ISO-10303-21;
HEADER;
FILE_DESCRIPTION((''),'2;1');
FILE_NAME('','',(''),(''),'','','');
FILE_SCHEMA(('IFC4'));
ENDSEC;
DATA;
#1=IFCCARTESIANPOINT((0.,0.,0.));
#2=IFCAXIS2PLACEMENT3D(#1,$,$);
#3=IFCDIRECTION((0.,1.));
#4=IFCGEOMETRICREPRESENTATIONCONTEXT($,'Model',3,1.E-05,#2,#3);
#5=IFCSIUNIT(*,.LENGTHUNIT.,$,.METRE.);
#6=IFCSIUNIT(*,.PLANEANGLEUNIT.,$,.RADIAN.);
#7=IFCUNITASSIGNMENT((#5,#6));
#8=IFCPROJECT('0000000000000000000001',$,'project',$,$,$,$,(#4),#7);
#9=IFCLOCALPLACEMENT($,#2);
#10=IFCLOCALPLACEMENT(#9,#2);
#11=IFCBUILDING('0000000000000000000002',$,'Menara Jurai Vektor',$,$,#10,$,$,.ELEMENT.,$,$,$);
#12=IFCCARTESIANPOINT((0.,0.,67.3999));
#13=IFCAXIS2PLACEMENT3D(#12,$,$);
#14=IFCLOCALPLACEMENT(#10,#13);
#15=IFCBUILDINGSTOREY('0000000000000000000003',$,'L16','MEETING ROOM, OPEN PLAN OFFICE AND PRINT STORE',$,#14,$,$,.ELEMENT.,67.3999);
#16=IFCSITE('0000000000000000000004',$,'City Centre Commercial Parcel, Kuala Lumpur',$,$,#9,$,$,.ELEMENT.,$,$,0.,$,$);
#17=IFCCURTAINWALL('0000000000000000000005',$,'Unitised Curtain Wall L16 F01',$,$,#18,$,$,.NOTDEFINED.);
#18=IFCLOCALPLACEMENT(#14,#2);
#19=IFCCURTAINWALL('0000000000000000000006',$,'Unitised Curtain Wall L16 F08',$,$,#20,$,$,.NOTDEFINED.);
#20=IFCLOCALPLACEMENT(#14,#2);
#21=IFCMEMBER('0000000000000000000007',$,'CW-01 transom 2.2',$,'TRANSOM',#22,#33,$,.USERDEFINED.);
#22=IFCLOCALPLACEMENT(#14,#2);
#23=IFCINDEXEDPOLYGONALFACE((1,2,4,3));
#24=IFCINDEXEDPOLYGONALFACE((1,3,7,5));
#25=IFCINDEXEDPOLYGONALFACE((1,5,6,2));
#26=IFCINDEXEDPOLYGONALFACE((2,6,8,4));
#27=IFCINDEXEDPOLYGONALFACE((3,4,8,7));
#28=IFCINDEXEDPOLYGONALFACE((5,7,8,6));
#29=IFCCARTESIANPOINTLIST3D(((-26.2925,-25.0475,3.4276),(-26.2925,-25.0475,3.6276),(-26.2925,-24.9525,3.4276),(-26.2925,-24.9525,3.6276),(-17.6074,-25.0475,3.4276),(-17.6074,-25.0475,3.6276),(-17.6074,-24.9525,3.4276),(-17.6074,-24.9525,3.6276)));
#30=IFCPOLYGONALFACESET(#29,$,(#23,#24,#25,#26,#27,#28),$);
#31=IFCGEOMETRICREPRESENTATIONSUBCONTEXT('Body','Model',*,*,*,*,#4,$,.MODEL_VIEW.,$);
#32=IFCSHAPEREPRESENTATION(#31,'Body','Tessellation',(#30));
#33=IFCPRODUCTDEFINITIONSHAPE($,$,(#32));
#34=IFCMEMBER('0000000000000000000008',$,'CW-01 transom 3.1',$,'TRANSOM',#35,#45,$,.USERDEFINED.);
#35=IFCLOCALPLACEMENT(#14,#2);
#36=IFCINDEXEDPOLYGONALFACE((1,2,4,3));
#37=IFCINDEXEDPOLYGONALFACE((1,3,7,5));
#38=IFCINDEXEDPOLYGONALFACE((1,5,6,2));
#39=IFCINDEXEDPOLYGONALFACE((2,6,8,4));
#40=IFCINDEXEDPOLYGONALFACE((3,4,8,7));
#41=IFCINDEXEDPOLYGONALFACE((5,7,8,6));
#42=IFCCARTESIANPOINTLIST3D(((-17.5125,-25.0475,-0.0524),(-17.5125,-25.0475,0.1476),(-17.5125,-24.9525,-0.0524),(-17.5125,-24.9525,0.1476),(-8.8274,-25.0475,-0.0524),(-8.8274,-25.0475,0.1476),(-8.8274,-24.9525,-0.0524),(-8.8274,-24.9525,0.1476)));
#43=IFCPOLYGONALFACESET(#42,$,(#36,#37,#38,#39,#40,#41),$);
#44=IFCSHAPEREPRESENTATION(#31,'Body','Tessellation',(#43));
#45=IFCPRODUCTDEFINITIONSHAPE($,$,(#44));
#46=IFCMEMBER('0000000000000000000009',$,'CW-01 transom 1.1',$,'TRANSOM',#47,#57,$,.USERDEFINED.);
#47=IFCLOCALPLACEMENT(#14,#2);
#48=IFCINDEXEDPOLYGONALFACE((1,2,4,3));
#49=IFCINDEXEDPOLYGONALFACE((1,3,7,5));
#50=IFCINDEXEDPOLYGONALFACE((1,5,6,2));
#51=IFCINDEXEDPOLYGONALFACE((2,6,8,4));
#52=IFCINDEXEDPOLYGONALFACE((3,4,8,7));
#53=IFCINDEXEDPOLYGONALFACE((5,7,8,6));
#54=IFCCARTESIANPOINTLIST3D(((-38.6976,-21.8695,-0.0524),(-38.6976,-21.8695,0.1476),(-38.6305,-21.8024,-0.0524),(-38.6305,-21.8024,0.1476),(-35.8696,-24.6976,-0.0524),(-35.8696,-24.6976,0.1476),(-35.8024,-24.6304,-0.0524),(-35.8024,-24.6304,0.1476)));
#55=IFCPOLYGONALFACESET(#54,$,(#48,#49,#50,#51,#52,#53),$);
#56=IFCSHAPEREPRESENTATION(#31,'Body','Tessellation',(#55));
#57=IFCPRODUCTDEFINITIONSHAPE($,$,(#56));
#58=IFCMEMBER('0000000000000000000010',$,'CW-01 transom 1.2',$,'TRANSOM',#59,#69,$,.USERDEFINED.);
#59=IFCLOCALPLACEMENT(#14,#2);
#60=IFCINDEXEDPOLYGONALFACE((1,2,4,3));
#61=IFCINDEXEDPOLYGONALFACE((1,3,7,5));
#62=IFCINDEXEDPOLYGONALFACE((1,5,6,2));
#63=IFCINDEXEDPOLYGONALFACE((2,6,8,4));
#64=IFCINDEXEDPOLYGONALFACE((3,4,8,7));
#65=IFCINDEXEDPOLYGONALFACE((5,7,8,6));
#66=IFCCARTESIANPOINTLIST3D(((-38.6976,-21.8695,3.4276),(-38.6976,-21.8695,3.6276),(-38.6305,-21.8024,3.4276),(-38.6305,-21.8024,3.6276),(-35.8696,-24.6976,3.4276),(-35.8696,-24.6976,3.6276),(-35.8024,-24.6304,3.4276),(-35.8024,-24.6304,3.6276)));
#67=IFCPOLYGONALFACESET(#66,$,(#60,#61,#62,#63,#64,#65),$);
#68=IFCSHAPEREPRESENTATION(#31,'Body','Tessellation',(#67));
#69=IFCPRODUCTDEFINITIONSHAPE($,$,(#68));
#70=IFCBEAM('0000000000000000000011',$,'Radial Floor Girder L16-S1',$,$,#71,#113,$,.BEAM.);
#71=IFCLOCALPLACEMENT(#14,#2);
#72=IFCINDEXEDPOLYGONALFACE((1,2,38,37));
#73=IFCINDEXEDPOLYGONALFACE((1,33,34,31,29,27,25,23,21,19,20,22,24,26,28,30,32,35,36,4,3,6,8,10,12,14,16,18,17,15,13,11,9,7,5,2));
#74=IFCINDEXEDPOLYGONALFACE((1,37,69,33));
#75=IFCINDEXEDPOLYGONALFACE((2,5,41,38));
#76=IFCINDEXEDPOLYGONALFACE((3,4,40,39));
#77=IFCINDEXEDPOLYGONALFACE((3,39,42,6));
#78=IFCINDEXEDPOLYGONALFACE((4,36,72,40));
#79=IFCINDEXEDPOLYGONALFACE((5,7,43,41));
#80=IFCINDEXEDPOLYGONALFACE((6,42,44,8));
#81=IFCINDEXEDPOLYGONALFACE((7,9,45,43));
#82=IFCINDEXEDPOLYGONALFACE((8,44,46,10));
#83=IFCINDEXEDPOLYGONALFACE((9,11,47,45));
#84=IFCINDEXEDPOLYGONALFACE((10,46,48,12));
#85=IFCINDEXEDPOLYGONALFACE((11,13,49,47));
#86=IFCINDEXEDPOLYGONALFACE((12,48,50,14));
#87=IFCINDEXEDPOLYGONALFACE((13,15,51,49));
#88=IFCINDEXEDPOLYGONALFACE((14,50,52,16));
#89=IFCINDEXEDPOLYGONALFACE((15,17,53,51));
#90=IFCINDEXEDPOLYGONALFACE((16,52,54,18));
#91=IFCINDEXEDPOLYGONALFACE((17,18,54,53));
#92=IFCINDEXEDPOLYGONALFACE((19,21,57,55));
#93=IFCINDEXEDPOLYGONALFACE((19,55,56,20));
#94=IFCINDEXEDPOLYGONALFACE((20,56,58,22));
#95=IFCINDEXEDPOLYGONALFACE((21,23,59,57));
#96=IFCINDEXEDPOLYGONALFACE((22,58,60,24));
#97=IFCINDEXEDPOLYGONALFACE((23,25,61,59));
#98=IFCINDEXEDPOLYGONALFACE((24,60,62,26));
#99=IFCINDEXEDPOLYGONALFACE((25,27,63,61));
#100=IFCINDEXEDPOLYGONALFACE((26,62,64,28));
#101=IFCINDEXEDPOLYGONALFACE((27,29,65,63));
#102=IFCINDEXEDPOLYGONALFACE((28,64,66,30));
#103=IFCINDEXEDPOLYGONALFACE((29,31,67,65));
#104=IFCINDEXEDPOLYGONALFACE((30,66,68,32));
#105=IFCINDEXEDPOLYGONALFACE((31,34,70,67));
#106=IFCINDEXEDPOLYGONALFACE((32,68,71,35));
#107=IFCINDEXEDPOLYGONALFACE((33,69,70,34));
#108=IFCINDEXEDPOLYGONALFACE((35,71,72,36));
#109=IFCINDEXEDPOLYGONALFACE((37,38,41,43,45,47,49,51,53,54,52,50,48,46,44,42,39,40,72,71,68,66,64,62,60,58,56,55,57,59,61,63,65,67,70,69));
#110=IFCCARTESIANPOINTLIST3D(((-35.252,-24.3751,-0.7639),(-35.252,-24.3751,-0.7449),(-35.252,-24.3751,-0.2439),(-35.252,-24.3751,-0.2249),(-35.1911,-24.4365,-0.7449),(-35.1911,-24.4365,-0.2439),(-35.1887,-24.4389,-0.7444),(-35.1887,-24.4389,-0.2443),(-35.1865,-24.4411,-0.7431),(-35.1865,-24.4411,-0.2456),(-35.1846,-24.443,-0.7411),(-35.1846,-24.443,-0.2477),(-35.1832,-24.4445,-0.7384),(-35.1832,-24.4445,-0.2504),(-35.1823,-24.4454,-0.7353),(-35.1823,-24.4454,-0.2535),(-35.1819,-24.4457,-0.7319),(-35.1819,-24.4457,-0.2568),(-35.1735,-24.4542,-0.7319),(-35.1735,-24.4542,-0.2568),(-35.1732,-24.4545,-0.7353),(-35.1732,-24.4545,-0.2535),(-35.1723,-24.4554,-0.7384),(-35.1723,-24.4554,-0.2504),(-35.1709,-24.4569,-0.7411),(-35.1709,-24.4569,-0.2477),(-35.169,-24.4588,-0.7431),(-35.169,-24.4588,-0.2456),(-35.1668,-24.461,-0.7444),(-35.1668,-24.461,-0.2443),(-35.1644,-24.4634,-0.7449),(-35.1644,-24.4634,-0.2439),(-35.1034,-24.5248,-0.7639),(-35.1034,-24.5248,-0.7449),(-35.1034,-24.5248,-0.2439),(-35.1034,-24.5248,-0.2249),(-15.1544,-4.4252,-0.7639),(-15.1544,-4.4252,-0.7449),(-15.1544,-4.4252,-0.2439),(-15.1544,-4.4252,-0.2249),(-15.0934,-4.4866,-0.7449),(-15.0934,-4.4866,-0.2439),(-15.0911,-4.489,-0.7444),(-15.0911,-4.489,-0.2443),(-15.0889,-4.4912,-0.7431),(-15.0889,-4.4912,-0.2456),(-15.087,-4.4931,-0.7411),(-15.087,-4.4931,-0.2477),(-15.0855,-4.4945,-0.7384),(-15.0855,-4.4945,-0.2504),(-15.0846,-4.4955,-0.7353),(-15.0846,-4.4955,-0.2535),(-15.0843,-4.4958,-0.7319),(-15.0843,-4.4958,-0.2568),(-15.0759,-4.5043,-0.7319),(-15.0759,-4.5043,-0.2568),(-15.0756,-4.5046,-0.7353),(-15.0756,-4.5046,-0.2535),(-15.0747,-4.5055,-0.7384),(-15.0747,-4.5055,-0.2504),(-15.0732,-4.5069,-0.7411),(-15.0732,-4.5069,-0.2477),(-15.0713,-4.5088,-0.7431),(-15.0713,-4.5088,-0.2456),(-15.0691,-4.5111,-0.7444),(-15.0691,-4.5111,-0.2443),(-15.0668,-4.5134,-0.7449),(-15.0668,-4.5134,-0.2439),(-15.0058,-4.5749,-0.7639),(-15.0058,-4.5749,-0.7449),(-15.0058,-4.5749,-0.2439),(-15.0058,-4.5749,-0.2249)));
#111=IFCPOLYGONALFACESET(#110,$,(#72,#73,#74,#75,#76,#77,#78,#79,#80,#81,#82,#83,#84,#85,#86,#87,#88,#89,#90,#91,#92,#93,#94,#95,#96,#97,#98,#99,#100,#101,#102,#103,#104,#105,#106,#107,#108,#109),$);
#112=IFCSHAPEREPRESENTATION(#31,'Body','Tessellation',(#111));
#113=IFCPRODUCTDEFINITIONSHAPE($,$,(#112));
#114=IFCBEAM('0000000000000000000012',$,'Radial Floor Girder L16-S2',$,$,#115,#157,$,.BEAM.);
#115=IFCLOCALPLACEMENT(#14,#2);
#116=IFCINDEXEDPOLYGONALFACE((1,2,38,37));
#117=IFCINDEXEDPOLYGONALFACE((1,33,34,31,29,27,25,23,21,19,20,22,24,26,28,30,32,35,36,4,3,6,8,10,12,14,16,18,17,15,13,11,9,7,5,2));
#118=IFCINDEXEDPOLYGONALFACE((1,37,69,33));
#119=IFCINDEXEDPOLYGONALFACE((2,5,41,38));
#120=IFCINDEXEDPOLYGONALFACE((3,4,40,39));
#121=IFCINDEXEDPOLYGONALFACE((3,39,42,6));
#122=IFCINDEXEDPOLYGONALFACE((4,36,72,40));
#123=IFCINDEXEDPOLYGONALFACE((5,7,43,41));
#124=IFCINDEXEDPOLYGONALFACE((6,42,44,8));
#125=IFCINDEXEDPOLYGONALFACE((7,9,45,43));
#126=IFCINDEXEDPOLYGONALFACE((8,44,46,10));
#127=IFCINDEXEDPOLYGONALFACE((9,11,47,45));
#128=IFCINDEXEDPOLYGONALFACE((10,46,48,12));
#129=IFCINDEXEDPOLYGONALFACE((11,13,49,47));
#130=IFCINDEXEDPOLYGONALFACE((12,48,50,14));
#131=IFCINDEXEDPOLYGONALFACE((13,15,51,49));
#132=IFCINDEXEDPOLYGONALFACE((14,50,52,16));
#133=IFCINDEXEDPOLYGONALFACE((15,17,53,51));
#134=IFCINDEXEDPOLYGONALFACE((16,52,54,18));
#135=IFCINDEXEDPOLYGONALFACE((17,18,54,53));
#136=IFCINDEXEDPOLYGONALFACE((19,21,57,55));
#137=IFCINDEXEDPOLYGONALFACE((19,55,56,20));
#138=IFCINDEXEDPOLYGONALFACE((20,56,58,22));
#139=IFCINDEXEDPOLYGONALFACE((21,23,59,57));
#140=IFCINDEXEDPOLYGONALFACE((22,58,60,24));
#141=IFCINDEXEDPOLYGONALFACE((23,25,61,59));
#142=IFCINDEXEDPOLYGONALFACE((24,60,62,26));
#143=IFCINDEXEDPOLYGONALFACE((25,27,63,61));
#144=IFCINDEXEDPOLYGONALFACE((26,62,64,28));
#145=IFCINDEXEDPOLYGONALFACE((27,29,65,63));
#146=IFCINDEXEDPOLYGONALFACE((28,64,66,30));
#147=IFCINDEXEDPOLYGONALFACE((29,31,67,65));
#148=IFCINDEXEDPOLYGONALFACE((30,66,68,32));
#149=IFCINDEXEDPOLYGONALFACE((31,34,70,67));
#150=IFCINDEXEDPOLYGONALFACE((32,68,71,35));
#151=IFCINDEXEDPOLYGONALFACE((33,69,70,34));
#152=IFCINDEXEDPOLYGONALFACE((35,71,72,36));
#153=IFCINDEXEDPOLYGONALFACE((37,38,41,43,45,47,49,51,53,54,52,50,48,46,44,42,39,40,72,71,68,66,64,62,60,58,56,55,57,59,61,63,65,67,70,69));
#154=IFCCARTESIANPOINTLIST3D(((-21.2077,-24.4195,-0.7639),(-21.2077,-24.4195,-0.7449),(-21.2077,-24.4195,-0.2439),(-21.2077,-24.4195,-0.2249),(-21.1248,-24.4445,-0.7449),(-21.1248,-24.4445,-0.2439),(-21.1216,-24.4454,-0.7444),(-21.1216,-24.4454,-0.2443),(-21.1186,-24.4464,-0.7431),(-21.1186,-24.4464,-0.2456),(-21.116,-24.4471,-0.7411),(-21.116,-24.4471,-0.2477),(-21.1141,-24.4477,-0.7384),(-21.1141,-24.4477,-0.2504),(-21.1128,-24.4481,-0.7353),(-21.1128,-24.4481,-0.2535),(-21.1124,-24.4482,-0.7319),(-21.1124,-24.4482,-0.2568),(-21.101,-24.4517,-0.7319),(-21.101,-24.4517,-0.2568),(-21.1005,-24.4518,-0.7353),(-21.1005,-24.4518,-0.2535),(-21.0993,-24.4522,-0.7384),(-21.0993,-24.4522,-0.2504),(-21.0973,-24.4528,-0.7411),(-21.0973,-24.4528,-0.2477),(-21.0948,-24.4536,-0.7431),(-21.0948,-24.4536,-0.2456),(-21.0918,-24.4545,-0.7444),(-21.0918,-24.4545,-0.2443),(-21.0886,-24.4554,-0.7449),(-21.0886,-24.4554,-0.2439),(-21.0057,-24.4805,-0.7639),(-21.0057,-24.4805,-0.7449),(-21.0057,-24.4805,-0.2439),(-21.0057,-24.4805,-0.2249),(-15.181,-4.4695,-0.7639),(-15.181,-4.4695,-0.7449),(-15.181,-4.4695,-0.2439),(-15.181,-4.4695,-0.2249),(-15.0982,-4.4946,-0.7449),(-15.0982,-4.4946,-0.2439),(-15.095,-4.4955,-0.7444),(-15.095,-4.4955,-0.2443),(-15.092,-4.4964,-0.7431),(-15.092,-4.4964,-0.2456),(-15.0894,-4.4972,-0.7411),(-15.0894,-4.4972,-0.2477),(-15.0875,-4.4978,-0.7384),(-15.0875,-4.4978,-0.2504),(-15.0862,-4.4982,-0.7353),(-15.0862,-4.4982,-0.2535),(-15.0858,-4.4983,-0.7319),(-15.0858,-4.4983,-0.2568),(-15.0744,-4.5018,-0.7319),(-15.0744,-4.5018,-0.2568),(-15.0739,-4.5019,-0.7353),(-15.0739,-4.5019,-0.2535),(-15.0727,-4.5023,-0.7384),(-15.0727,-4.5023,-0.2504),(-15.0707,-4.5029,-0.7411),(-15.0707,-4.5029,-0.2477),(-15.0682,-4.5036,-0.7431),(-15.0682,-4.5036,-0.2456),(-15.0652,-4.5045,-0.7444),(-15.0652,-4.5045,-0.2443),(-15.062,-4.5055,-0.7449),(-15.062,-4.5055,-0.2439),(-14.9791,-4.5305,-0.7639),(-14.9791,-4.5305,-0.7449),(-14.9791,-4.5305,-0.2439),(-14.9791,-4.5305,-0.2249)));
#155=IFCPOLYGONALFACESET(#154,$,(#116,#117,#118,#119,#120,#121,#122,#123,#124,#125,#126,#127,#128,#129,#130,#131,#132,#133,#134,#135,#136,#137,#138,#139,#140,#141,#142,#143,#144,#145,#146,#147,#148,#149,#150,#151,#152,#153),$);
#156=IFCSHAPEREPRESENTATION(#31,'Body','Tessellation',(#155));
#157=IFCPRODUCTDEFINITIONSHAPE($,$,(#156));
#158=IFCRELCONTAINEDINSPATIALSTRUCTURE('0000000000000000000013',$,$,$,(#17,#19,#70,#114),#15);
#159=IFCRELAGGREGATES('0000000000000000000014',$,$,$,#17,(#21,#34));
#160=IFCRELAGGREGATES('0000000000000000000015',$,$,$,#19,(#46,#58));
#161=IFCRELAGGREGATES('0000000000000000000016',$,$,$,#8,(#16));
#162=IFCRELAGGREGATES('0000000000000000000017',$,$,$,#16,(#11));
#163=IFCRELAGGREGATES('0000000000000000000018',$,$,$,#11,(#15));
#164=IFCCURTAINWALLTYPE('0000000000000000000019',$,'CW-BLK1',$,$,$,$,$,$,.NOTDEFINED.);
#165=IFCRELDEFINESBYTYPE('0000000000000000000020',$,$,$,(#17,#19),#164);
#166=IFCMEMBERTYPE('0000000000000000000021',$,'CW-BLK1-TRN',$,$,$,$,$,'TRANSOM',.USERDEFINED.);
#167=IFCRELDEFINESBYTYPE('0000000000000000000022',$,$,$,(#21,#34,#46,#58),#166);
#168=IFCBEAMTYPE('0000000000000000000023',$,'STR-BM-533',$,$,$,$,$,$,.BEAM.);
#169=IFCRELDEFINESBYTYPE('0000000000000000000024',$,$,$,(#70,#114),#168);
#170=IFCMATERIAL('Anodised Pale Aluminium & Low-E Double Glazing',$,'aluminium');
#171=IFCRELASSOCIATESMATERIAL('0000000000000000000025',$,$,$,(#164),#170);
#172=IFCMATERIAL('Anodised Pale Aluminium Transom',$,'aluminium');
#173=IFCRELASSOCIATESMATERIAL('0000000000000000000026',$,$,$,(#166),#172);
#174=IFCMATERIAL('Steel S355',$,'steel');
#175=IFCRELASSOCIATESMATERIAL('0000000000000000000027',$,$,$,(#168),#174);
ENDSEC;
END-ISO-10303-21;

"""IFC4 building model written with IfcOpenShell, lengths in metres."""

from ifc_helpers import new_model, si_unit, direction, frame, origin, origin_2d, place, context, subcontext, project, spatial, rectangle, i_section, extrude, material, material_profile, profile_set, type_object, element, aggregate, save


model = new_model("IFC4")

# Units and contexts
model_context = context("Model", 3, precision=1e-05, world=origin(), true_north=direction((0.0, 1.0)))
body_context = subcontext(model_context, "Body", "Model", "MODEL_VIEW")
ifc_project = project(units=[si_unit("LENGTHUNIT", "METRE"), si_unit("PLANEANGLEUNIT", "RADIAN")], contexts=[model_context])

# Site, building, storey
site_placement = place(None, origin())
site = spatial("IfcSite", under=ifc_project, at=site_placement, Name="City Centre Commercial Parcel, Kuala Lumpur", CompositionType="ELEMENT", RefElevation=0.0)
building_placement = place(site_placement, origin())
building = spatial("IfcBuilding", under=site, at=building_placement, Name="Menara Jurai Vektor", CompositionType="ELEMENT")
storey_placement = place(building_placement, frame((0.0, 0.0, 67.3999)))
storey = spatial("IfcBuildingStorey", under=building, at=storey_placement, Name="L16", Description="MEETING ROOM, OPEN PLAN OFFICE AND PRINT STORE", CompositionType="ELEMENT", Elevation=67.3999)

# Curtain wall
ifc_material_1 = material(Name="Anodised Pale Aluminium & Low-E Double Glazing", Category="aluminium")
curtain_wall_type = type_object("IfcCurtainWallType", Name="CW-BLK1", PredefinedType="NOTDEFINED", material=ifc_material_1)
curtain_wall_1_placement = place(storey_placement, origin())
curtain_wall_1 = element("IfcCurtainWall", 1, at=curtain_wall_1_placement, inside=storey, type_object=curtain_wall_type, Name="Unitised Curtain Wall L16 F01", PredefinedType="NOTDEFINED")

# Curtain wall
curtain_wall_2_placement = place(storey_placement, origin())
curtain_wall_2 = element("IfcCurtainWall", 2, at=curtain_wall_2_placement, inside=storey, type_object=curtain_wall_type, Name="Unitised Curtain Wall L16 F08", PredefinedType="NOTDEFINED")

# Members
ifc_material_2 = material(Name="Anodised Pale Aluminium Transom", Category="aluminium")
ifc_material_profile_1 = material_profile(ifc_material_2, rectangle(XDim=0.095, YDim=0.2, at=origin_2d()), Name="ALU TRN 95x200")
ifc_profile_set_1 = profile_set([ifc_material_profile_1], Name="Anodised Pale Aluminium Transom")
member_type_1 = type_object("IfcMemberType", Name="CW-BLK1-TRN", ElementType="TRANSOM", PredefinedType="USERDEFINED", material=ifc_profile_set_1)
member_1_placement = place(storey_placement, frame((-26.2925, -25.0, 3.5276), z_axis=(1.0, 0.0, 0.0), x_axis=(0.0, 1.0, 0.0)))
member_1 = element("IfcMember", 3, at=member_1_placement, type_object=member_type_1, Name="CW-01 transom 2.2", ObjectType="TRANSOM", PredefinedType="USERDEFINED", context=body_context, shape_type="SweptSolid", body=[
    extrude(rectangle(XDim=0.095, YDim=0.2, at=origin_2d()), origin(), (0.0, 0.0, 1.0), 8.6851),
])
member_2_placement = place(storey_placement, frame((-17.5125, -25.0, 0.0476), z_axis=(1.0, 0.0, 0.0), x_axis=(0.0, 1.0, 0.0)))
member_2 = element("IfcMember", 4, at=member_2_placement, type_object=member_type_1, Name="CW-01 transom 3.1", ObjectType="TRANSOM", PredefinedType="USERDEFINED", context=body_context, shape_type="SweptSolid", body=[
    extrude(rectangle(XDim=0.095, YDim=0.2, at=origin_2d()), origin(), (0.0, 0.0, 1.0), 8.6851),
])
member_3_placement = place(storey_placement, frame((-38.6641, -21.8359, 0.0476), z_axis=(0.707107, -0.707107, 0.0), x_axis=(0.707107, 0.707107, 0.0)))
member_3 = element("IfcMember", 5, at=member_3_placement, type_object=member_type_1, Name="CW-01 transom 1.1", ObjectType="TRANSOM", PredefinedType="USERDEFINED", context=body_context, shape_type="SweptSolid", body=[
    extrude(rectangle(XDim=0.095, YDim=0.2, at=origin_2d()), origin(), (0.0, 0.0, 1.0), 3.9995),
])
member_4_placement = place(storey_placement, frame((-38.6641, -21.8359, 3.5276), z_axis=(0.707107, -0.707107, 0.0), x_axis=(0.707107, 0.707107, 0.0)))
member_4 = element("IfcMember", 6, at=member_4_placement, type_object=member_type_1, Name="CW-01 transom 1.2", ObjectType="TRANSOM", PredefinedType="USERDEFINED", context=body_context, shape_type="SweptSolid", body=[
    extrude(rectangle(XDim=0.095, YDim=0.2, at=origin_2d()), origin(), (0.0, 0.0, 1.0), 3.9995),
])

# Beams
ifc_material_3 = material(Name="Steel S355", Category="steel")
ifc_material_profile_2 = material_profile(ifc_material_3, i_section(OverallWidth=0.2109, OverallDepth=0.5391, WebThickness=0.012, FlangeThickness=0.019, FilletRadius=0.0129, at=origin_2d()), Name="UKB 533x210x109")
ifc_profile_set_2 = profile_set([ifc_material_profile_2], Name="Steel S355")
beam_type_1 = type_object("IfcBeamType", Name="STR-BM-533", PredefinedType="BEAM", material=ifc_profile_set_2)
beam_1_placement = place(storey_placement, frame((-35.1777, -24.45, -0.4944), z_axis=(0.70971, 0.704494, 0.0), x_axis=(-0.704494, 0.70971, 0.0)))
element("IfcBeam", 7, at=beam_1_placement, inside=storey, type_object=beam_type_1, Name="Radial Floor Girder L16-S1", PredefinedType="BEAM", context=body_context, shape_type="SweptSolid", body=[
    extrude(i_section(OverallWidth=0.2109, OverallDepth=0.5391, WebThickness=0.012, FlangeThickness=0.019, FilletRadius=0.0129, at=origin_2d()), origin(), (0.0, 0.0, 1.0), 28.3181),
])
beam_2_placement = place(storey_placement, frame((-21.1067, -24.45, -0.4944), z_axis=(0.28918, 0.957275, 0.0), x_axis=(-0.957275, 0.28918, 0.0)))
element("IfcBeam", 8, at=beam_2_placement, inside=storey, type_object=beam_type_1, Name="Radial Floor Girder L16-S2", PredefinedType="BEAM", context=body_context, shape_type="SweptSolid", body=[
    extrude(i_section(OverallWidth=0.2109, OverallDepth=0.5391, WebThickness=0.012, FlangeThickness=0.019, FilletRadius=0.0129, at=origin_2d()), origin(), (0.0, 0.0, 1.0), 20.8403),
])

aggregate(curtain_wall_1, [member_1, member_2])
aggregate(curtain_wall_2, [member_3, member_4])

save(model, "model.ifc")
